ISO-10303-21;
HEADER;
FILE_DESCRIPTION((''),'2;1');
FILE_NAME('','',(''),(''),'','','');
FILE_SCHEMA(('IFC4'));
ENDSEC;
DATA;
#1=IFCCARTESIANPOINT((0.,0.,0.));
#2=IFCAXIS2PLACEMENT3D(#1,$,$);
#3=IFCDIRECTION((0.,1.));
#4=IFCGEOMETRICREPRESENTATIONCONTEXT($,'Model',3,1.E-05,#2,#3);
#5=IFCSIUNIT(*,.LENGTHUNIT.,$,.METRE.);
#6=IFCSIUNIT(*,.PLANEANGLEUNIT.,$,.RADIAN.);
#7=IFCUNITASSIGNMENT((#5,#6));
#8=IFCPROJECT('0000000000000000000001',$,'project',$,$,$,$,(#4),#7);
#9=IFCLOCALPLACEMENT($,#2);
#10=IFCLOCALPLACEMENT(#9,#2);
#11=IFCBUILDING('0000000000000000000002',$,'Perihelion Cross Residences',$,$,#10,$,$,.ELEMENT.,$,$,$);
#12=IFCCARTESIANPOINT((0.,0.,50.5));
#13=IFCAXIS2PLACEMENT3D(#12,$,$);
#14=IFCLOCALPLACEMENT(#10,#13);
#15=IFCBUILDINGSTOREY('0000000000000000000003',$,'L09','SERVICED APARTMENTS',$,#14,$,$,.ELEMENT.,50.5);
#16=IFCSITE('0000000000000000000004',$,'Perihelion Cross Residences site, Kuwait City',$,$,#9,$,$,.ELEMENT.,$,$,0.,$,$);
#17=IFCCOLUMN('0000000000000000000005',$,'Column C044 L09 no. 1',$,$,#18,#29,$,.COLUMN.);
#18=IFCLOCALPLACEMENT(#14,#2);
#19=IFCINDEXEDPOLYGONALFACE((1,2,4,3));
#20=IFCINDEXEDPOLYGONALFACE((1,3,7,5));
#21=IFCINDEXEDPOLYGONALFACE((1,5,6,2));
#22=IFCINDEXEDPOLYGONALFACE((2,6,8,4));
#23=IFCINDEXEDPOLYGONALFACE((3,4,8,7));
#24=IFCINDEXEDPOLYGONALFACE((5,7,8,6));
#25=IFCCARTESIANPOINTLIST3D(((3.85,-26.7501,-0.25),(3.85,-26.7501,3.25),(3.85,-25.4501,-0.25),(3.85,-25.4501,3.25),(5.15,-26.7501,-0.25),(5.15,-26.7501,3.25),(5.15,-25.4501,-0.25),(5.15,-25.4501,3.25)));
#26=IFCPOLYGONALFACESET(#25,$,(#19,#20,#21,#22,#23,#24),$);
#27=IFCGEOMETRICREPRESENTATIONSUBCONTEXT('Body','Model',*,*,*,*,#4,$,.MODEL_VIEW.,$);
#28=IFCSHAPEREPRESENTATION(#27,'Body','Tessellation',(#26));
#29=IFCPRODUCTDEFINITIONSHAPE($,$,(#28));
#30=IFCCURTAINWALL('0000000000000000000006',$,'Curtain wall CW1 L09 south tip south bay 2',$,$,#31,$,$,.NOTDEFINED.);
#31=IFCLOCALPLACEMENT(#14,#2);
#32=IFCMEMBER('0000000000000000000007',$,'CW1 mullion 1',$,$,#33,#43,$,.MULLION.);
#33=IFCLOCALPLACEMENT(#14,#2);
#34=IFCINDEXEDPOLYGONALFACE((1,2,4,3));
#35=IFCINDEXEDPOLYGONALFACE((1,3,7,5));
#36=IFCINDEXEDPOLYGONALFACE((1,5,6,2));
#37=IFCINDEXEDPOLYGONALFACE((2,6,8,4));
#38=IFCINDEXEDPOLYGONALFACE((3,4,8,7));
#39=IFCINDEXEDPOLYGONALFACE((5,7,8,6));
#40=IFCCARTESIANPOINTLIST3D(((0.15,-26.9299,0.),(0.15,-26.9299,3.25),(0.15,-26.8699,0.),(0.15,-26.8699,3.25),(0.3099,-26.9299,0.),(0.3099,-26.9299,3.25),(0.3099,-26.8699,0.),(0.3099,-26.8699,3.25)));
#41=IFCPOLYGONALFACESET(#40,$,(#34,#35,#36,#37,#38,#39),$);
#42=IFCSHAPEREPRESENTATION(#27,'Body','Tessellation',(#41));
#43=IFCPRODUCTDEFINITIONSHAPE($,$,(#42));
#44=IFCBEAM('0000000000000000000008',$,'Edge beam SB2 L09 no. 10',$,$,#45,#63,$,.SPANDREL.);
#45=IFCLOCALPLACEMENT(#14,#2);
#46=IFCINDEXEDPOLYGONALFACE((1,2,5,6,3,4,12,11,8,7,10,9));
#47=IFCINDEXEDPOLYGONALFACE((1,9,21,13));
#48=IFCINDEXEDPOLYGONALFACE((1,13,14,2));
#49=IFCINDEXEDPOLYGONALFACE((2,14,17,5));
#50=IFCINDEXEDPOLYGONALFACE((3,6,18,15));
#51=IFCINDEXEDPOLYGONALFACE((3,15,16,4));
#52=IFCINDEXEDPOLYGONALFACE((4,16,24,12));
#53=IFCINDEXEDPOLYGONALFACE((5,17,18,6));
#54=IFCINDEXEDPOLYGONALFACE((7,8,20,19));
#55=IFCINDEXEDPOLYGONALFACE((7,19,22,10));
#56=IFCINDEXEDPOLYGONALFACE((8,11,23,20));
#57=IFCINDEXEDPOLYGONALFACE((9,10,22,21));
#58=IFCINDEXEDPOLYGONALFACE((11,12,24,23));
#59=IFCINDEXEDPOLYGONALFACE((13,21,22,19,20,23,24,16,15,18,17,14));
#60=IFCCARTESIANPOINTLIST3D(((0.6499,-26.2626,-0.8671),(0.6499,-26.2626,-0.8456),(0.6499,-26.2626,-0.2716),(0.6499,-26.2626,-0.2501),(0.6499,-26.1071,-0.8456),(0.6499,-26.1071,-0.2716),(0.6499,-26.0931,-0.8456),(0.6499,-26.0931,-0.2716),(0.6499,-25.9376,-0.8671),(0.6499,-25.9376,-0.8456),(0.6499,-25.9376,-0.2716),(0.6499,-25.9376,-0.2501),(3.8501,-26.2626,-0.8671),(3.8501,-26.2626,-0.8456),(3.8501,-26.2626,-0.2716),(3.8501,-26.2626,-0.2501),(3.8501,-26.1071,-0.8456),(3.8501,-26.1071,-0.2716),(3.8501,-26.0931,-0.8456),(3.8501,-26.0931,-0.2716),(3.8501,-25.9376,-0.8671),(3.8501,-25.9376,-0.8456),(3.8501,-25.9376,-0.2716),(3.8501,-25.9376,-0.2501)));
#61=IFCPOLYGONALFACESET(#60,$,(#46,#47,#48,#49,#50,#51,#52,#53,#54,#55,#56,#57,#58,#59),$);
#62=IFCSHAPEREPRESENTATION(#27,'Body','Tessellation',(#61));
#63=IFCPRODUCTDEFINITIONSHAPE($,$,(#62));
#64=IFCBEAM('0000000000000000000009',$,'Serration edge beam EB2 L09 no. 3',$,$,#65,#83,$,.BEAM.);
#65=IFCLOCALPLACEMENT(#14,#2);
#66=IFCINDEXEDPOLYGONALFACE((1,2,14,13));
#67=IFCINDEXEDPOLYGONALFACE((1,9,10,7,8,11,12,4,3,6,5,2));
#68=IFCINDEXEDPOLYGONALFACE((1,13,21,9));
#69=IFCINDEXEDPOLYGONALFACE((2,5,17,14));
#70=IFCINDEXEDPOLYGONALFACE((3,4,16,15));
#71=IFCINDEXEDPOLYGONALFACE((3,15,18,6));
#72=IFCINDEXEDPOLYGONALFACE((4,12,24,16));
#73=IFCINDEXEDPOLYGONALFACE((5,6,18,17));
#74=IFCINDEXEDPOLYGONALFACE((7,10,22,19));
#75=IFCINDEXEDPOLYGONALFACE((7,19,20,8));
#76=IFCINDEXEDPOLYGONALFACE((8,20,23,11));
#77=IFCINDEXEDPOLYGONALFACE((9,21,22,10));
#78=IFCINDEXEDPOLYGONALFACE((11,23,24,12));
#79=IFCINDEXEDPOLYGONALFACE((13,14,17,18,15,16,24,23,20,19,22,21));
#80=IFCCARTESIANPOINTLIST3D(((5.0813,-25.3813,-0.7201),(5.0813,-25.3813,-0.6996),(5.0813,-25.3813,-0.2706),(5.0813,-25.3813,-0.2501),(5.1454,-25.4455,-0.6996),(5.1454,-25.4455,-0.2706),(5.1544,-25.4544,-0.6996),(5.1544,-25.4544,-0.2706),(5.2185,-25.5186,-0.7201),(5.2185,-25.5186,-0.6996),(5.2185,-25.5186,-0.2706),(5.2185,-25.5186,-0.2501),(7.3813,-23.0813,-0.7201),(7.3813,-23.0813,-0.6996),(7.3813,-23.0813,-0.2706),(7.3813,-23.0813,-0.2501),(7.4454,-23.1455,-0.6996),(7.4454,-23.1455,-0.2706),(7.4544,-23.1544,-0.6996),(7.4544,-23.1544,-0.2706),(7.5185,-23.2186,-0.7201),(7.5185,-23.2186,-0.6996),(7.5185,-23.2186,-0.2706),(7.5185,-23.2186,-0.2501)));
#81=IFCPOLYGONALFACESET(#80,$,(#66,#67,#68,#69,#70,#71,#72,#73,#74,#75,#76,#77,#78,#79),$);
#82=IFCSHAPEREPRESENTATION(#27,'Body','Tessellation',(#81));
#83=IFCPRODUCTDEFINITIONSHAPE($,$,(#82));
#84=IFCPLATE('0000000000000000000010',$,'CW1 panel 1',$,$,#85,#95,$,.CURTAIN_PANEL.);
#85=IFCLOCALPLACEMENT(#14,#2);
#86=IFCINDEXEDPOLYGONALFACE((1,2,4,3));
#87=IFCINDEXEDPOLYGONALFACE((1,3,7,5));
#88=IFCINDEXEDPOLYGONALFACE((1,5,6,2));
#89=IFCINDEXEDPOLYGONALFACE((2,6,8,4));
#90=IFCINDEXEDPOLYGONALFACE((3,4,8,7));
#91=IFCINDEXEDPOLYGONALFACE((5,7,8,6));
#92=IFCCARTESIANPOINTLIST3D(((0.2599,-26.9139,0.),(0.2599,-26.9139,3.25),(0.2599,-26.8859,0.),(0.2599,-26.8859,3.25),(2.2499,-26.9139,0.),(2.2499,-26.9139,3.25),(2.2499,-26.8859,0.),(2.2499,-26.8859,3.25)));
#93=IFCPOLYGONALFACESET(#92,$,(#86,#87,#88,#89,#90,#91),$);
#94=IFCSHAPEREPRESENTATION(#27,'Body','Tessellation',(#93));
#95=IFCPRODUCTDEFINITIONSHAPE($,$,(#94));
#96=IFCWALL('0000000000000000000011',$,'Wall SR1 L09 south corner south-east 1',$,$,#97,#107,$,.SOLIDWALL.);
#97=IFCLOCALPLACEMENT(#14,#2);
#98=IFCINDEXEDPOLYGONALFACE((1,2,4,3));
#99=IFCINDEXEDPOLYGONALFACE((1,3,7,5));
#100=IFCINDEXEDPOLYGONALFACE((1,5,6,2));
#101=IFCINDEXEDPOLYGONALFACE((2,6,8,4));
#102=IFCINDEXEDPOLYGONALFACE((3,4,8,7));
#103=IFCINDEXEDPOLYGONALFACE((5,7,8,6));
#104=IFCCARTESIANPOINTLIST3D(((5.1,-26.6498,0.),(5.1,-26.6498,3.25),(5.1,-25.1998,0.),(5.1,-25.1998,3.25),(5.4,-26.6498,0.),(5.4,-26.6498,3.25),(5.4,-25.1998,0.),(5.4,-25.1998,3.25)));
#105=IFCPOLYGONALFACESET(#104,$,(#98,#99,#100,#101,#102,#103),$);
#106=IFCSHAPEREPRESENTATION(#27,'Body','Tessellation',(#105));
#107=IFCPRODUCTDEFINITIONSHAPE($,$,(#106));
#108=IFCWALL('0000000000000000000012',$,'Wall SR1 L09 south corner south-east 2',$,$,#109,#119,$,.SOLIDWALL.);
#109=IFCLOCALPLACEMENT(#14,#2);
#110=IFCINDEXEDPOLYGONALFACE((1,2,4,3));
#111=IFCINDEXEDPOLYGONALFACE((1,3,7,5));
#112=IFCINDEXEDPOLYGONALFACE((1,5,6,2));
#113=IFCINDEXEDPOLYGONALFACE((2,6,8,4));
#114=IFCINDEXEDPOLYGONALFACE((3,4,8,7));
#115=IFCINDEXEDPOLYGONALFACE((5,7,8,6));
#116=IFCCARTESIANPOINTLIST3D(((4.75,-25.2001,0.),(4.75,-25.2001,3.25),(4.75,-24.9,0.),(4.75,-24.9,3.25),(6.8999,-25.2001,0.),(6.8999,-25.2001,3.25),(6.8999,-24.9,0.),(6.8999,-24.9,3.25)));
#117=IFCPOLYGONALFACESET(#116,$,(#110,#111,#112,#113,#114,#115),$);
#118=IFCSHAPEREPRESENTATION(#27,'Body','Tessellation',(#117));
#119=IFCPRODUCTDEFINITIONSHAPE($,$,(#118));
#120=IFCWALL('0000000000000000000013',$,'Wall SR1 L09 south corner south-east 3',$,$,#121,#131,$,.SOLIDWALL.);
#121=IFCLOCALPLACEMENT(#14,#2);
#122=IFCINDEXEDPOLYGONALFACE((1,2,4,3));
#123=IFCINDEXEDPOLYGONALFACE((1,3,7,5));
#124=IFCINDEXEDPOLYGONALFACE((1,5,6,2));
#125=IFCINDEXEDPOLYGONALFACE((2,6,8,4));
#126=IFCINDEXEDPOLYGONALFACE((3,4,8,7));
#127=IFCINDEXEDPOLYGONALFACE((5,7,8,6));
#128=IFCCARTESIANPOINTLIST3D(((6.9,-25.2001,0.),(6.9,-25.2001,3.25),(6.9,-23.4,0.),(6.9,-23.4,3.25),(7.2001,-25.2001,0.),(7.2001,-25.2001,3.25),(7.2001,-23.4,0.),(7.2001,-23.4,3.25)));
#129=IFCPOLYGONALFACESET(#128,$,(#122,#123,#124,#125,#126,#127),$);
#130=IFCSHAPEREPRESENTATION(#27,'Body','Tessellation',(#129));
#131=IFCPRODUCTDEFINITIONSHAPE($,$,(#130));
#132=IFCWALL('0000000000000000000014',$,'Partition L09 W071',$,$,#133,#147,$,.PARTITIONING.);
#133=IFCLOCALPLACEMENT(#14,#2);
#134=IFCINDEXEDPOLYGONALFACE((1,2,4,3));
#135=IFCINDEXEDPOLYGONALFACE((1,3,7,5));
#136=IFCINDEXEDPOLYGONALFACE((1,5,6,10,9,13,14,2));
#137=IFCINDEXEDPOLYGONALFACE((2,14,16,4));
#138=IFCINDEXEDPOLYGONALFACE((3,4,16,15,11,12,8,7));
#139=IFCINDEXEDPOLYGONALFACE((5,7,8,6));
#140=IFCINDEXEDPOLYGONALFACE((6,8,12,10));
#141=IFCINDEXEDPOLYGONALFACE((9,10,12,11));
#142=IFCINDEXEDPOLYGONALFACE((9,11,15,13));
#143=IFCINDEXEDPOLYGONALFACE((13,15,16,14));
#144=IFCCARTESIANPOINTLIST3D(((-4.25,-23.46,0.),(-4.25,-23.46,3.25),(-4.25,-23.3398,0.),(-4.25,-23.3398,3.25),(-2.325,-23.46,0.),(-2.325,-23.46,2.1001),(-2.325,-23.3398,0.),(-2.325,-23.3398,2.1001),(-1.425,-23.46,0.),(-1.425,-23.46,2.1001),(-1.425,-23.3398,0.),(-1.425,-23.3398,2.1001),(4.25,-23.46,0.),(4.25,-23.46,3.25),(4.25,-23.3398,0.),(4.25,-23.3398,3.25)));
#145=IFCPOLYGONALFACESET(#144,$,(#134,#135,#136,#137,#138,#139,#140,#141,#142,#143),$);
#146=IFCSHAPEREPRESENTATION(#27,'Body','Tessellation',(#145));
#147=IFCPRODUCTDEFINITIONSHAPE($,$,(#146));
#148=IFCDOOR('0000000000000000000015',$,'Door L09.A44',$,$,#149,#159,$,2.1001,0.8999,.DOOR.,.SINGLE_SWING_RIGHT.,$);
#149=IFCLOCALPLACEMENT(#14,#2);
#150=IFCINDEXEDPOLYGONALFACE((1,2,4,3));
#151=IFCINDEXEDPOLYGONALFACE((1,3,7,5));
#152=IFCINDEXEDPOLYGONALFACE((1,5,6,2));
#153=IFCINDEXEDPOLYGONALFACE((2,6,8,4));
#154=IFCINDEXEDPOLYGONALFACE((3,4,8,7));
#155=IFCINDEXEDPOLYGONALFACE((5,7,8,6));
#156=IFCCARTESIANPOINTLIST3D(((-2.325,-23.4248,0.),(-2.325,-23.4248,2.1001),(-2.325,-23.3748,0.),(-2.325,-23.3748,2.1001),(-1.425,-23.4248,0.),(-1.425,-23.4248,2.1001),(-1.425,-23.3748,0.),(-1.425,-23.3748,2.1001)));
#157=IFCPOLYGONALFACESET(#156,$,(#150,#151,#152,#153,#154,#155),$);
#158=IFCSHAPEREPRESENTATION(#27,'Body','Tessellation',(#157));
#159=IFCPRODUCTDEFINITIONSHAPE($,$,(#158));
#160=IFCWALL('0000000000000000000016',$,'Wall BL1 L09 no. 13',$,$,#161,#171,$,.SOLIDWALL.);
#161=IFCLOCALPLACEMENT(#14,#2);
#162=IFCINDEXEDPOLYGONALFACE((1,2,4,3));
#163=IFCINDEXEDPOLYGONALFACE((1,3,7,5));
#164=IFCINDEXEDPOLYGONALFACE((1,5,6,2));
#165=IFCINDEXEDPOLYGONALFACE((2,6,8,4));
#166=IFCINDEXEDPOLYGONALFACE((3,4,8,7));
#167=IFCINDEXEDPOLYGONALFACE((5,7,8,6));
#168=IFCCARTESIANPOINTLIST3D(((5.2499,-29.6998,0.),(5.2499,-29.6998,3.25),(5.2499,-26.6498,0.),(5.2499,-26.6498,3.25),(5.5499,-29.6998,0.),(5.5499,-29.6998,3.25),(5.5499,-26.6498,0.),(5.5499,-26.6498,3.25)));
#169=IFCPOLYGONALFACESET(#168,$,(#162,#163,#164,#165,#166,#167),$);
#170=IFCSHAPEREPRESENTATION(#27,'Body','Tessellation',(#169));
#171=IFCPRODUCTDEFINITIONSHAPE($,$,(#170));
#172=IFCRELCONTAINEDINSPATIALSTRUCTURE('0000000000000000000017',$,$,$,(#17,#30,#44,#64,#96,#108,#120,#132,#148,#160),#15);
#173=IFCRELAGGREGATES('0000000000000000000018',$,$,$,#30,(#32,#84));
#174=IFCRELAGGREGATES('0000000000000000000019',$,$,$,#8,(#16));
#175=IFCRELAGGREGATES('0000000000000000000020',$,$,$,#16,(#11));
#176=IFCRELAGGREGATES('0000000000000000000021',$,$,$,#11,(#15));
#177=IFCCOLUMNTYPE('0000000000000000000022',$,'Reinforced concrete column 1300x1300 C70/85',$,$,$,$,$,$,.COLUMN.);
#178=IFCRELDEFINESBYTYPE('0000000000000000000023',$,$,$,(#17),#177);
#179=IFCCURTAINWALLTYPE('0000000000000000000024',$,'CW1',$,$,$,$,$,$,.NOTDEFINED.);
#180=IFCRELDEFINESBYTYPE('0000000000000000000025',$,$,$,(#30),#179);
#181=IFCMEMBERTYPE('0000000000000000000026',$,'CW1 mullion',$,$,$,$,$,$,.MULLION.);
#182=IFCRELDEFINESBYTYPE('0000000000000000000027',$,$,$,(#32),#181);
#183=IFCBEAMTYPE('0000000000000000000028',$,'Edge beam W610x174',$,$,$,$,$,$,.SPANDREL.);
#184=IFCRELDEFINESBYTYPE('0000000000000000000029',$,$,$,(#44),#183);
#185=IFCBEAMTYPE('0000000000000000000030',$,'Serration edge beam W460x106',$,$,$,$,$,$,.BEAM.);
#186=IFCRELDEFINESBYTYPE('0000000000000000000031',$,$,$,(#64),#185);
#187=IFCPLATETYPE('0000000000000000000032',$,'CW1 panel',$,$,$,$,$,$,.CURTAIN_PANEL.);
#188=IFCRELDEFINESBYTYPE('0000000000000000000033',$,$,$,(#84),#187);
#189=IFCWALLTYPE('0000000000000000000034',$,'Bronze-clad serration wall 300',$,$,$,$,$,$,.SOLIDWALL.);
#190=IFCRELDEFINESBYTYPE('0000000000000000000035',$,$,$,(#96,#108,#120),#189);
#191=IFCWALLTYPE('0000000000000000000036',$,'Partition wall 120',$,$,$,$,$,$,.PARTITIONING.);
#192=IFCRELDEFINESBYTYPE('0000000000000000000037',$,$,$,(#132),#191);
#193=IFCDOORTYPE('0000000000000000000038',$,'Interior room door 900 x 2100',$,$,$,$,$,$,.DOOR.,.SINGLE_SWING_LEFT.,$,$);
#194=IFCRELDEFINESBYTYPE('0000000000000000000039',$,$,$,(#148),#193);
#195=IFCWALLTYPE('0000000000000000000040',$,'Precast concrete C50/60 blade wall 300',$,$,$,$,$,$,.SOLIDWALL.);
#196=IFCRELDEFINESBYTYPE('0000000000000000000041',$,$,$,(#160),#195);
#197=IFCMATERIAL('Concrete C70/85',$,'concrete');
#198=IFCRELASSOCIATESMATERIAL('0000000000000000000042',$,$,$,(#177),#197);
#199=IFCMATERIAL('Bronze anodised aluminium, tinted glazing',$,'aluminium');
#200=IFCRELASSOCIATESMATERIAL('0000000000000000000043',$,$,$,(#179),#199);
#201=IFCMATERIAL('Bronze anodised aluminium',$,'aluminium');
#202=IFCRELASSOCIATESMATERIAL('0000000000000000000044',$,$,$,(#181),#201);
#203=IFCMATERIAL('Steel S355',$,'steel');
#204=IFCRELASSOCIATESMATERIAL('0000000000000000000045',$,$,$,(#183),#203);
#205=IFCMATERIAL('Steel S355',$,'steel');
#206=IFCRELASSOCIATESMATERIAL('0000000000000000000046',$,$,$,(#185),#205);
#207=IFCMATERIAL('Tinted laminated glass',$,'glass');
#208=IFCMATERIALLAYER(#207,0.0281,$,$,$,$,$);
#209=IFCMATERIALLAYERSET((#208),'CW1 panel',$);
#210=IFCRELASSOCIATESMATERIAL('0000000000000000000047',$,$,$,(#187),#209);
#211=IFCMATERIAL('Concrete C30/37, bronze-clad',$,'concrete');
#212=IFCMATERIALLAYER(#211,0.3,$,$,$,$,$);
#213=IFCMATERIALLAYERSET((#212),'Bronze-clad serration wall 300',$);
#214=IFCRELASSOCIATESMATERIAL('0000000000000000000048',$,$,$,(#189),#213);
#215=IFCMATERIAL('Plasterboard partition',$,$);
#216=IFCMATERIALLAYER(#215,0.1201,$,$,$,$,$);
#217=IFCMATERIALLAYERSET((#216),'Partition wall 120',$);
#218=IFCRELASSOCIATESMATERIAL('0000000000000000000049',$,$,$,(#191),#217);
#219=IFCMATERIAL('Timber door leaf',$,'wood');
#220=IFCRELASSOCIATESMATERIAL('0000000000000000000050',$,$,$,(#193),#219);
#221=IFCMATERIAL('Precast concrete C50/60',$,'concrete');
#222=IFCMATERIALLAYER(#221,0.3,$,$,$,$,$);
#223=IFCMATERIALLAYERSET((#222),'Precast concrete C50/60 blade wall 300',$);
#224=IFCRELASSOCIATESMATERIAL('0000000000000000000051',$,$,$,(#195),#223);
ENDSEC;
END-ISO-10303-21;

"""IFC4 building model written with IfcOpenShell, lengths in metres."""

from ifc_helpers import new_model, si_unit, direction, frame, frame_2d, origin, origin_2d, place, context, subcontext, project, spatial, rectangle, i_section, extrude, material, layer, layer_set, material_profile, profile_set, type_object, element, fill, aggregate, save


model = new_model("IFC4")

# Units and contexts
model_context = context("Model", 3, precision=1e-05, world=origin(), true_north=direction((0.0, 1.0)))
body_context = subcontext(model_context, "Body", "Model", "MODEL_VIEW")
ifc_project = project(units=[si_unit("LENGTHUNIT", "METRE"), si_unit("PLANEANGLEUNIT", "RADIAN")], contexts=[model_context])

# Site, building, storey
site_placement = place(None, origin())
site = spatial("IfcSite", under=ifc_project, at=site_placement, Name="Perihelion Cross Residences site, Kuwait City", CompositionType="ELEMENT", RefElevation=0.0)
building_placement = place(site_placement, origin())
building = spatial("IfcBuilding", under=site, at=building_placement, Name="Perihelion Cross Residences", CompositionType="ELEMENT")
storey_placement = place(building_placement, frame((0.0, 0.0, 50.5)))
storey = spatial("IfcBuildingStorey", under=building, at=storey_placement, Name="L09", Description="SERVICED APARTMENTS", CompositionType="ELEMENT", Elevation=50.5)

# Column
ifc_material_1 = material(Name="Concrete C70/85", Category="concrete")
ifc_material_profile_1 = material_profile(ifc_material_1, rectangle(XDim=1.3, YDim=1.3, at=origin_2d()), Name="RC 1300x1300")
ifc_profile_set_1 = profile_set([ifc_material_profile_1], Name="Concrete C70/85")
column_type = type_object("IfcColumnType", Name="Reinforced concrete column 1300x1300 C70/85", PredefinedType="COLUMN", material=ifc_profile_set_1)
column_placement = place(storey_placement, frame((4.5, -26.1001, -0.25), z_axis=(0.0, 0.0, 1.0), x_axis=(1.0, 0.0, 0.0)))
element("IfcColumn", 1, at=column_placement, inside=storey, type_object=column_type, Name="Column C044 L09 no. 1", PredefinedType="COLUMN", context=body_context, shape_type="SweptSolid", body=[
    extrude(rectangle(XDim=1.3, YDim=1.3, at=origin_2d()), origin(), (0.0, 0.0, 1.0), 3.5),
])

# Curtain wall, member
ifc_material_2 = material(Name="Bronze anodised aluminium, tinted glazing", Category="aluminium")
curtain_wall_type = type_object("IfcCurtainWallType", Name="CW1", PredefinedType="NOTDEFINED", material=ifc_material_2)
curtain_wall_placement = place(storey_placement, origin())
curtain_wall = element("IfcCurtainWall", 2, at=curtain_wall_placement, inside=storey, type_object=curtain_wall_type, Name="Curtain wall CW1 L09 south tip south bay 2", PredefinedType="NOTDEFINED")
ifc_material_3 = material(Name="Bronze anodised aluminium", Category="aluminium")
ifc_material_profile_2 = material_profile(ifc_material_3, rectangle(XDim=0.0601, YDim=0.1599, at=origin_2d()), Name="CW1 mullion")
ifc_profile_set_2 = profile_set([ifc_material_profile_2], Name="Bronze anodised aluminium")
member_type = type_object("IfcMemberType", Name="CW1 mullion", PredefinedType="MULLION", material=ifc_profile_set_2)
member_placement = place(storey_placement, frame((0.23, -26.8999, 0.0), z_axis=(0.0, 0.0, 1.0), x_axis=(0.0, 1.0, 0.0)))
member = element("IfcMember", 3, at=member_placement, type_object=member_type, Name="CW1 mullion 1", PredefinedType="MULLION", context=body_context, shape_type="SweptSolid", body=[
    extrude(rectangle(XDim=0.0601, YDim=0.1599, at=origin_2d()), origin(), (0.0, 0.0, 1.0), 3.25),
])

# Beams
ifc_material_4 = material(Name="Steel S355", Category="steel")
ifc_material_profile_3 = material_profile(ifc_material_4, i_section(OverallWidth=0.325, OverallDepth=0.6169, WebThickness=0.0139, FlangeThickness=0.0215, at=origin_2d()), Name="W610x174")
ifc_profile_set_3 = profile_set([ifc_material_profile_3], Name="Steel S355")
beam_type_1 = type_object("IfcBeamType", Name="Edge beam W610x174", PredefinedType="SPANDREL", material=ifc_profile_set_3)
beam_1_placement = place(storey_placement, frame((0.6499, -26.1001, -0.5586), z_axis=(1.0, 0.0, 0.0), x_axis=(0.0, 1.0, 0.0)))
element("IfcBeam", 4, at=beam_1_placement, inside=storey, type_object=beam_type_1, Name="Edge beam SB2 L09 no. 10", PredefinedType="SPANDREL", context=body_context, shape_type="SweptSolid", body=[
    extrude(i_section(OverallWidth=0.325, OverallDepth=0.6169, WebThickness=0.0139, FlangeThickness=0.0215, at=origin_2d()), origin(), (0.0, 0.0, 1.0), 3.2002),
])
ifc_material_5 = material(Name="Steel S355", Category="steel")
ifc_material_profile_4 = material_profile(ifc_material_5, i_section(OverallWidth=0.1941, OverallDepth=0.47, WebThickness=0.0127, FlangeThickness=0.0205, at=origin_2d()), Name="W460x106")
ifc_profile_set_4 = profile_set([ifc_material_profile_4], Name="Steel S355")
beam_type_2 = type_object("IfcBeamType", Name="Serration edge beam W460x106", PredefinedType="BEAM", material=ifc_profile_set_4)
beam_2_placement = place(storey_placement, frame((5.1499, -25.45, -0.4851), z_axis=(0.707107, 0.707107, 0.0), x_axis=(-0.707107, 0.707107, 0.0)))
element("IfcBeam", 5, at=beam_2_placement, inside=storey, type_object=beam_type_2, Name="Serration edge beam EB2 L09 no. 3", PredefinedType="BEAM", context=body_context, shape_type="SweptSolid", body=[
    extrude(i_section(OverallWidth=0.1941, OverallDepth=0.47, WebThickness=0.0127, FlangeThickness=0.0205, at=origin_2d()), origin(), (0.0, 0.0, 1.0), 3.2527),
])

# Plate
ifc_material_6 = material(Name="Tinted laminated glass", Category="glass")
ifc_layer_1 = layer(ifc_material_6, 0.0281)
ifc_layer_set_1 = layer_set([ifc_layer_1], Name="CW1 panel")
plate_type = type_object("IfcPlateType", Name="CW1 panel", PredefinedType="CURTAIN_PANEL", material=ifc_layer_set_1)
plate_placement = place(storey_placement, frame((1.2549, -26.8999, 0.0), z_axis=(0.0, 0.0, 1.0), x_axis=(1.0, 0.0, 0.0)))
plate = element("IfcPlate", 6, at=plate_placement, type_object=plate_type, Name="CW1 panel 1", PredefinedType="CURTAIN_PANEL", context=body_context, shape_type="SweptSolid", body=[
    extrude(rectangle(XDim=1.99, YDim=0.0281, at=origin_2d()), origin(), (0.0, 0.0, 1.0), 3.25),
])
aggregate(curtain_wall, [member, plate])

# Walls
ifc_material_7 = material(Name="Concrete C30/37, bronze-clad", Category="concrete")
ifc_layer_2 = layer(ifc_material_7, 0.3)
ifc_layer_set_2 = layer_set([ifc_layer_2], Name="Bronze-clad serration wall 300")
wall_type_1 = type_object("IfcWallType", Name="Bronze-clad serration wall 300", PredefinedType="SOLIDWALL", material=ifc_layer_set_2)
wall_1_placement = place(storey_placement, frame((5.25, -26.6499, 0.0), z_axis=(0.0, 0.0, 1.0), x_axis=(0.0, 1.0, 0.0)))
element("IfcWall", 7, at=wall_1_placement, inside=storey, type_object=wall_type_1, Name="Wall SR1 L09 south corner south-east 1", PredefinedType="SOLIDWALL", context=body_context, shape_type="SweptSolid", body=[
    extrude(rectangle(XDim=1.45, YDim=0.3, at=frame_2d((0.7251, 0.0))), origin(), (0.0, 0.0, 1.0), 3.25),
])
wall_2_placement = place(storey_placement, frame((4.75, -25.05, 0.0), z_axis=(0.0, 0.0, 1.0), x_axis=(1.0, 0.0, 0.0)))
element("IfcWall", 8, at=wall_2_placement, inside=storey, type_object=wall_type_1, Name="Wall SR1 L09 south corner south-east 2", PredefinedType="SOLIDWALL", context=body_context, shape_type="SweptSolid", body=[
    extrude(rectangle(XDim=2.1499, YDim=0.3, at=frame_2d((1.075, 0.0))), origin(), (0.0, 0.0, 1.0), 3.25),
])
wall_3_placement = place(storey_placement, frame((7.05, -25.2, 0.0), z_axis=(0.0, 0.0, 1.0), x_axis=(0.0, 1.0, 0.0)))
element("IfcWall", 9, at=wall_3_placement, inside=storey, type_object=wall_type_1, Name="Wall SR1 L09 south corner south-east 3", PredefinedType="SOLIDWALL", context=body_context, shape_type="SweptSolid", body=[
    extrude(rectangle(XDim=1.8, YDim=0.3, at=frame_2d((0.8999, 0.0))), origin(), (0.0, 0.0, 1.0), 3.25),
])

# Wall, opening, door
ifc_material_8 = material(Name="Plasterboard partition")
ifc_layer_3 = layer(ifc_material_8, 0.1201)
ifc_layer_set_3 = layer_set([ifc_layer_3], Name="Partition wall 120")
wall_type_2 = type_object("IfcWallType", Name="Partition wall 120", PredefinedType="PARTITIONING", material=ifc_layer_set_3)
wall_4_placement = place(storey_placement, frame((4.25, -23.3999, 0.0), z_axis=(0.0, 0.0, 1.0), x_axis=(-1.0, 0.0, 0.0)))
wall_4 = element("IfcWall", 10, at=wall_4_placement, inside=storey, type_object=wall_type_2, Name="Partition L09 W071", PredefinedType="PARTITIONING", context=body_context, shape_type="SweptSolid", body=[
    extrude(rectangle(XDim=8.5, YDim=0.1201, at=frame_2d((4.25, 0.0))), origin(), (0.0, 0.0, 1.0), 3.25),
])
opening_1_placement = place(wall_4_placement, frame((5.675, 0.0, 0.0)))
opening_1 = element("IfcOpeningElement", 11, at=opening_1_placement, cuts=wall_4, PredefinedType="OPENING", context=body_context, shape_type="SweptSolid", body=[
    extrude(rectangle(XDim=0.8999, YDim=2.1001, at=frame_2d((0.45, 1.05))), frame((0.0, 0.0701, 0.0), z_axis=(0.0, -1.0, 0.0), x_axis=(1.0, 0.0, 0.0)), (0.0, 0.0, 1.0), 0.1401),
])
ifc_material_9 = material(Name="Timber door leaf", Category="wood")
door_type_1 = type_object("IfcDoorType", Name="Interior room door 900 x 2100", OperationType="SINGLE_SWING_LEFT", PredefinedType="DOOR", material=ifc_material_9)
door_1_placement = place(opening_1_placement, origin())
door_1 = element("IfcDoor", 12, at=door_1_placement, inside=storey, type_object=door_type_1, Name="Door L09.A44", OperationType="SINGLE_SWING_RIGHT", OverallHeight=2.1001, OverallWidth=0.8999, PredefinedType="DOOR", context=body_context, shape_type="SweptSolid", body=[
    extrude(rectangle(XDim=0.8999, YDim=2.1001, at=frame_2d((0.45, 1.05))), frame((0.0, 0.0249, 0.0), z_axis=(0.0, -1.0, 0.0), x_axis=(1.0, 0.0, 0.0)), (0.0, 0.0, 1.0), 0.05),
])
fill(opening_1, door_1)

# Wall
ifc_material_10 = material(Name="Precast concrete C50/60", Category="concrete")
ifc_layer_4 = layer(ifc_material_10, 0.3)
ifc_layer_set_4 = layer_set([ifc_layer_4], Name="Precast concrete C50/60 blade wall 300")
wall_type_3 = type_object("IfcWallType", Name="Precast concrete C50/60 blade wall 300", PredefinedType="SOLIDWALL", material=ifc_layer_set_4)
wall_5_placement = place(storey_placement, frame((5.3999, -26.6499, 0.0), z_axis=(0.0, 0.0, 1.0), x_axis=(0.0, -1.0, 0.0)))
element("IfcWall", 13, at=wall_5_placement, inside=storey, type_object=wall_type_3, Name="Wall BL1 L09 no. 13", PredefinedType="SOLIDWALL", context=body_context, shape_type="SweptSolid", body=[
    extrude(rectangle(XDim=3.05, YDim=0.3, at=frame_2d((1.5249, 0.0))), origin(), (0.0, 0.0, 1.0), 3.25),
])

save(model, "model.ifc")
